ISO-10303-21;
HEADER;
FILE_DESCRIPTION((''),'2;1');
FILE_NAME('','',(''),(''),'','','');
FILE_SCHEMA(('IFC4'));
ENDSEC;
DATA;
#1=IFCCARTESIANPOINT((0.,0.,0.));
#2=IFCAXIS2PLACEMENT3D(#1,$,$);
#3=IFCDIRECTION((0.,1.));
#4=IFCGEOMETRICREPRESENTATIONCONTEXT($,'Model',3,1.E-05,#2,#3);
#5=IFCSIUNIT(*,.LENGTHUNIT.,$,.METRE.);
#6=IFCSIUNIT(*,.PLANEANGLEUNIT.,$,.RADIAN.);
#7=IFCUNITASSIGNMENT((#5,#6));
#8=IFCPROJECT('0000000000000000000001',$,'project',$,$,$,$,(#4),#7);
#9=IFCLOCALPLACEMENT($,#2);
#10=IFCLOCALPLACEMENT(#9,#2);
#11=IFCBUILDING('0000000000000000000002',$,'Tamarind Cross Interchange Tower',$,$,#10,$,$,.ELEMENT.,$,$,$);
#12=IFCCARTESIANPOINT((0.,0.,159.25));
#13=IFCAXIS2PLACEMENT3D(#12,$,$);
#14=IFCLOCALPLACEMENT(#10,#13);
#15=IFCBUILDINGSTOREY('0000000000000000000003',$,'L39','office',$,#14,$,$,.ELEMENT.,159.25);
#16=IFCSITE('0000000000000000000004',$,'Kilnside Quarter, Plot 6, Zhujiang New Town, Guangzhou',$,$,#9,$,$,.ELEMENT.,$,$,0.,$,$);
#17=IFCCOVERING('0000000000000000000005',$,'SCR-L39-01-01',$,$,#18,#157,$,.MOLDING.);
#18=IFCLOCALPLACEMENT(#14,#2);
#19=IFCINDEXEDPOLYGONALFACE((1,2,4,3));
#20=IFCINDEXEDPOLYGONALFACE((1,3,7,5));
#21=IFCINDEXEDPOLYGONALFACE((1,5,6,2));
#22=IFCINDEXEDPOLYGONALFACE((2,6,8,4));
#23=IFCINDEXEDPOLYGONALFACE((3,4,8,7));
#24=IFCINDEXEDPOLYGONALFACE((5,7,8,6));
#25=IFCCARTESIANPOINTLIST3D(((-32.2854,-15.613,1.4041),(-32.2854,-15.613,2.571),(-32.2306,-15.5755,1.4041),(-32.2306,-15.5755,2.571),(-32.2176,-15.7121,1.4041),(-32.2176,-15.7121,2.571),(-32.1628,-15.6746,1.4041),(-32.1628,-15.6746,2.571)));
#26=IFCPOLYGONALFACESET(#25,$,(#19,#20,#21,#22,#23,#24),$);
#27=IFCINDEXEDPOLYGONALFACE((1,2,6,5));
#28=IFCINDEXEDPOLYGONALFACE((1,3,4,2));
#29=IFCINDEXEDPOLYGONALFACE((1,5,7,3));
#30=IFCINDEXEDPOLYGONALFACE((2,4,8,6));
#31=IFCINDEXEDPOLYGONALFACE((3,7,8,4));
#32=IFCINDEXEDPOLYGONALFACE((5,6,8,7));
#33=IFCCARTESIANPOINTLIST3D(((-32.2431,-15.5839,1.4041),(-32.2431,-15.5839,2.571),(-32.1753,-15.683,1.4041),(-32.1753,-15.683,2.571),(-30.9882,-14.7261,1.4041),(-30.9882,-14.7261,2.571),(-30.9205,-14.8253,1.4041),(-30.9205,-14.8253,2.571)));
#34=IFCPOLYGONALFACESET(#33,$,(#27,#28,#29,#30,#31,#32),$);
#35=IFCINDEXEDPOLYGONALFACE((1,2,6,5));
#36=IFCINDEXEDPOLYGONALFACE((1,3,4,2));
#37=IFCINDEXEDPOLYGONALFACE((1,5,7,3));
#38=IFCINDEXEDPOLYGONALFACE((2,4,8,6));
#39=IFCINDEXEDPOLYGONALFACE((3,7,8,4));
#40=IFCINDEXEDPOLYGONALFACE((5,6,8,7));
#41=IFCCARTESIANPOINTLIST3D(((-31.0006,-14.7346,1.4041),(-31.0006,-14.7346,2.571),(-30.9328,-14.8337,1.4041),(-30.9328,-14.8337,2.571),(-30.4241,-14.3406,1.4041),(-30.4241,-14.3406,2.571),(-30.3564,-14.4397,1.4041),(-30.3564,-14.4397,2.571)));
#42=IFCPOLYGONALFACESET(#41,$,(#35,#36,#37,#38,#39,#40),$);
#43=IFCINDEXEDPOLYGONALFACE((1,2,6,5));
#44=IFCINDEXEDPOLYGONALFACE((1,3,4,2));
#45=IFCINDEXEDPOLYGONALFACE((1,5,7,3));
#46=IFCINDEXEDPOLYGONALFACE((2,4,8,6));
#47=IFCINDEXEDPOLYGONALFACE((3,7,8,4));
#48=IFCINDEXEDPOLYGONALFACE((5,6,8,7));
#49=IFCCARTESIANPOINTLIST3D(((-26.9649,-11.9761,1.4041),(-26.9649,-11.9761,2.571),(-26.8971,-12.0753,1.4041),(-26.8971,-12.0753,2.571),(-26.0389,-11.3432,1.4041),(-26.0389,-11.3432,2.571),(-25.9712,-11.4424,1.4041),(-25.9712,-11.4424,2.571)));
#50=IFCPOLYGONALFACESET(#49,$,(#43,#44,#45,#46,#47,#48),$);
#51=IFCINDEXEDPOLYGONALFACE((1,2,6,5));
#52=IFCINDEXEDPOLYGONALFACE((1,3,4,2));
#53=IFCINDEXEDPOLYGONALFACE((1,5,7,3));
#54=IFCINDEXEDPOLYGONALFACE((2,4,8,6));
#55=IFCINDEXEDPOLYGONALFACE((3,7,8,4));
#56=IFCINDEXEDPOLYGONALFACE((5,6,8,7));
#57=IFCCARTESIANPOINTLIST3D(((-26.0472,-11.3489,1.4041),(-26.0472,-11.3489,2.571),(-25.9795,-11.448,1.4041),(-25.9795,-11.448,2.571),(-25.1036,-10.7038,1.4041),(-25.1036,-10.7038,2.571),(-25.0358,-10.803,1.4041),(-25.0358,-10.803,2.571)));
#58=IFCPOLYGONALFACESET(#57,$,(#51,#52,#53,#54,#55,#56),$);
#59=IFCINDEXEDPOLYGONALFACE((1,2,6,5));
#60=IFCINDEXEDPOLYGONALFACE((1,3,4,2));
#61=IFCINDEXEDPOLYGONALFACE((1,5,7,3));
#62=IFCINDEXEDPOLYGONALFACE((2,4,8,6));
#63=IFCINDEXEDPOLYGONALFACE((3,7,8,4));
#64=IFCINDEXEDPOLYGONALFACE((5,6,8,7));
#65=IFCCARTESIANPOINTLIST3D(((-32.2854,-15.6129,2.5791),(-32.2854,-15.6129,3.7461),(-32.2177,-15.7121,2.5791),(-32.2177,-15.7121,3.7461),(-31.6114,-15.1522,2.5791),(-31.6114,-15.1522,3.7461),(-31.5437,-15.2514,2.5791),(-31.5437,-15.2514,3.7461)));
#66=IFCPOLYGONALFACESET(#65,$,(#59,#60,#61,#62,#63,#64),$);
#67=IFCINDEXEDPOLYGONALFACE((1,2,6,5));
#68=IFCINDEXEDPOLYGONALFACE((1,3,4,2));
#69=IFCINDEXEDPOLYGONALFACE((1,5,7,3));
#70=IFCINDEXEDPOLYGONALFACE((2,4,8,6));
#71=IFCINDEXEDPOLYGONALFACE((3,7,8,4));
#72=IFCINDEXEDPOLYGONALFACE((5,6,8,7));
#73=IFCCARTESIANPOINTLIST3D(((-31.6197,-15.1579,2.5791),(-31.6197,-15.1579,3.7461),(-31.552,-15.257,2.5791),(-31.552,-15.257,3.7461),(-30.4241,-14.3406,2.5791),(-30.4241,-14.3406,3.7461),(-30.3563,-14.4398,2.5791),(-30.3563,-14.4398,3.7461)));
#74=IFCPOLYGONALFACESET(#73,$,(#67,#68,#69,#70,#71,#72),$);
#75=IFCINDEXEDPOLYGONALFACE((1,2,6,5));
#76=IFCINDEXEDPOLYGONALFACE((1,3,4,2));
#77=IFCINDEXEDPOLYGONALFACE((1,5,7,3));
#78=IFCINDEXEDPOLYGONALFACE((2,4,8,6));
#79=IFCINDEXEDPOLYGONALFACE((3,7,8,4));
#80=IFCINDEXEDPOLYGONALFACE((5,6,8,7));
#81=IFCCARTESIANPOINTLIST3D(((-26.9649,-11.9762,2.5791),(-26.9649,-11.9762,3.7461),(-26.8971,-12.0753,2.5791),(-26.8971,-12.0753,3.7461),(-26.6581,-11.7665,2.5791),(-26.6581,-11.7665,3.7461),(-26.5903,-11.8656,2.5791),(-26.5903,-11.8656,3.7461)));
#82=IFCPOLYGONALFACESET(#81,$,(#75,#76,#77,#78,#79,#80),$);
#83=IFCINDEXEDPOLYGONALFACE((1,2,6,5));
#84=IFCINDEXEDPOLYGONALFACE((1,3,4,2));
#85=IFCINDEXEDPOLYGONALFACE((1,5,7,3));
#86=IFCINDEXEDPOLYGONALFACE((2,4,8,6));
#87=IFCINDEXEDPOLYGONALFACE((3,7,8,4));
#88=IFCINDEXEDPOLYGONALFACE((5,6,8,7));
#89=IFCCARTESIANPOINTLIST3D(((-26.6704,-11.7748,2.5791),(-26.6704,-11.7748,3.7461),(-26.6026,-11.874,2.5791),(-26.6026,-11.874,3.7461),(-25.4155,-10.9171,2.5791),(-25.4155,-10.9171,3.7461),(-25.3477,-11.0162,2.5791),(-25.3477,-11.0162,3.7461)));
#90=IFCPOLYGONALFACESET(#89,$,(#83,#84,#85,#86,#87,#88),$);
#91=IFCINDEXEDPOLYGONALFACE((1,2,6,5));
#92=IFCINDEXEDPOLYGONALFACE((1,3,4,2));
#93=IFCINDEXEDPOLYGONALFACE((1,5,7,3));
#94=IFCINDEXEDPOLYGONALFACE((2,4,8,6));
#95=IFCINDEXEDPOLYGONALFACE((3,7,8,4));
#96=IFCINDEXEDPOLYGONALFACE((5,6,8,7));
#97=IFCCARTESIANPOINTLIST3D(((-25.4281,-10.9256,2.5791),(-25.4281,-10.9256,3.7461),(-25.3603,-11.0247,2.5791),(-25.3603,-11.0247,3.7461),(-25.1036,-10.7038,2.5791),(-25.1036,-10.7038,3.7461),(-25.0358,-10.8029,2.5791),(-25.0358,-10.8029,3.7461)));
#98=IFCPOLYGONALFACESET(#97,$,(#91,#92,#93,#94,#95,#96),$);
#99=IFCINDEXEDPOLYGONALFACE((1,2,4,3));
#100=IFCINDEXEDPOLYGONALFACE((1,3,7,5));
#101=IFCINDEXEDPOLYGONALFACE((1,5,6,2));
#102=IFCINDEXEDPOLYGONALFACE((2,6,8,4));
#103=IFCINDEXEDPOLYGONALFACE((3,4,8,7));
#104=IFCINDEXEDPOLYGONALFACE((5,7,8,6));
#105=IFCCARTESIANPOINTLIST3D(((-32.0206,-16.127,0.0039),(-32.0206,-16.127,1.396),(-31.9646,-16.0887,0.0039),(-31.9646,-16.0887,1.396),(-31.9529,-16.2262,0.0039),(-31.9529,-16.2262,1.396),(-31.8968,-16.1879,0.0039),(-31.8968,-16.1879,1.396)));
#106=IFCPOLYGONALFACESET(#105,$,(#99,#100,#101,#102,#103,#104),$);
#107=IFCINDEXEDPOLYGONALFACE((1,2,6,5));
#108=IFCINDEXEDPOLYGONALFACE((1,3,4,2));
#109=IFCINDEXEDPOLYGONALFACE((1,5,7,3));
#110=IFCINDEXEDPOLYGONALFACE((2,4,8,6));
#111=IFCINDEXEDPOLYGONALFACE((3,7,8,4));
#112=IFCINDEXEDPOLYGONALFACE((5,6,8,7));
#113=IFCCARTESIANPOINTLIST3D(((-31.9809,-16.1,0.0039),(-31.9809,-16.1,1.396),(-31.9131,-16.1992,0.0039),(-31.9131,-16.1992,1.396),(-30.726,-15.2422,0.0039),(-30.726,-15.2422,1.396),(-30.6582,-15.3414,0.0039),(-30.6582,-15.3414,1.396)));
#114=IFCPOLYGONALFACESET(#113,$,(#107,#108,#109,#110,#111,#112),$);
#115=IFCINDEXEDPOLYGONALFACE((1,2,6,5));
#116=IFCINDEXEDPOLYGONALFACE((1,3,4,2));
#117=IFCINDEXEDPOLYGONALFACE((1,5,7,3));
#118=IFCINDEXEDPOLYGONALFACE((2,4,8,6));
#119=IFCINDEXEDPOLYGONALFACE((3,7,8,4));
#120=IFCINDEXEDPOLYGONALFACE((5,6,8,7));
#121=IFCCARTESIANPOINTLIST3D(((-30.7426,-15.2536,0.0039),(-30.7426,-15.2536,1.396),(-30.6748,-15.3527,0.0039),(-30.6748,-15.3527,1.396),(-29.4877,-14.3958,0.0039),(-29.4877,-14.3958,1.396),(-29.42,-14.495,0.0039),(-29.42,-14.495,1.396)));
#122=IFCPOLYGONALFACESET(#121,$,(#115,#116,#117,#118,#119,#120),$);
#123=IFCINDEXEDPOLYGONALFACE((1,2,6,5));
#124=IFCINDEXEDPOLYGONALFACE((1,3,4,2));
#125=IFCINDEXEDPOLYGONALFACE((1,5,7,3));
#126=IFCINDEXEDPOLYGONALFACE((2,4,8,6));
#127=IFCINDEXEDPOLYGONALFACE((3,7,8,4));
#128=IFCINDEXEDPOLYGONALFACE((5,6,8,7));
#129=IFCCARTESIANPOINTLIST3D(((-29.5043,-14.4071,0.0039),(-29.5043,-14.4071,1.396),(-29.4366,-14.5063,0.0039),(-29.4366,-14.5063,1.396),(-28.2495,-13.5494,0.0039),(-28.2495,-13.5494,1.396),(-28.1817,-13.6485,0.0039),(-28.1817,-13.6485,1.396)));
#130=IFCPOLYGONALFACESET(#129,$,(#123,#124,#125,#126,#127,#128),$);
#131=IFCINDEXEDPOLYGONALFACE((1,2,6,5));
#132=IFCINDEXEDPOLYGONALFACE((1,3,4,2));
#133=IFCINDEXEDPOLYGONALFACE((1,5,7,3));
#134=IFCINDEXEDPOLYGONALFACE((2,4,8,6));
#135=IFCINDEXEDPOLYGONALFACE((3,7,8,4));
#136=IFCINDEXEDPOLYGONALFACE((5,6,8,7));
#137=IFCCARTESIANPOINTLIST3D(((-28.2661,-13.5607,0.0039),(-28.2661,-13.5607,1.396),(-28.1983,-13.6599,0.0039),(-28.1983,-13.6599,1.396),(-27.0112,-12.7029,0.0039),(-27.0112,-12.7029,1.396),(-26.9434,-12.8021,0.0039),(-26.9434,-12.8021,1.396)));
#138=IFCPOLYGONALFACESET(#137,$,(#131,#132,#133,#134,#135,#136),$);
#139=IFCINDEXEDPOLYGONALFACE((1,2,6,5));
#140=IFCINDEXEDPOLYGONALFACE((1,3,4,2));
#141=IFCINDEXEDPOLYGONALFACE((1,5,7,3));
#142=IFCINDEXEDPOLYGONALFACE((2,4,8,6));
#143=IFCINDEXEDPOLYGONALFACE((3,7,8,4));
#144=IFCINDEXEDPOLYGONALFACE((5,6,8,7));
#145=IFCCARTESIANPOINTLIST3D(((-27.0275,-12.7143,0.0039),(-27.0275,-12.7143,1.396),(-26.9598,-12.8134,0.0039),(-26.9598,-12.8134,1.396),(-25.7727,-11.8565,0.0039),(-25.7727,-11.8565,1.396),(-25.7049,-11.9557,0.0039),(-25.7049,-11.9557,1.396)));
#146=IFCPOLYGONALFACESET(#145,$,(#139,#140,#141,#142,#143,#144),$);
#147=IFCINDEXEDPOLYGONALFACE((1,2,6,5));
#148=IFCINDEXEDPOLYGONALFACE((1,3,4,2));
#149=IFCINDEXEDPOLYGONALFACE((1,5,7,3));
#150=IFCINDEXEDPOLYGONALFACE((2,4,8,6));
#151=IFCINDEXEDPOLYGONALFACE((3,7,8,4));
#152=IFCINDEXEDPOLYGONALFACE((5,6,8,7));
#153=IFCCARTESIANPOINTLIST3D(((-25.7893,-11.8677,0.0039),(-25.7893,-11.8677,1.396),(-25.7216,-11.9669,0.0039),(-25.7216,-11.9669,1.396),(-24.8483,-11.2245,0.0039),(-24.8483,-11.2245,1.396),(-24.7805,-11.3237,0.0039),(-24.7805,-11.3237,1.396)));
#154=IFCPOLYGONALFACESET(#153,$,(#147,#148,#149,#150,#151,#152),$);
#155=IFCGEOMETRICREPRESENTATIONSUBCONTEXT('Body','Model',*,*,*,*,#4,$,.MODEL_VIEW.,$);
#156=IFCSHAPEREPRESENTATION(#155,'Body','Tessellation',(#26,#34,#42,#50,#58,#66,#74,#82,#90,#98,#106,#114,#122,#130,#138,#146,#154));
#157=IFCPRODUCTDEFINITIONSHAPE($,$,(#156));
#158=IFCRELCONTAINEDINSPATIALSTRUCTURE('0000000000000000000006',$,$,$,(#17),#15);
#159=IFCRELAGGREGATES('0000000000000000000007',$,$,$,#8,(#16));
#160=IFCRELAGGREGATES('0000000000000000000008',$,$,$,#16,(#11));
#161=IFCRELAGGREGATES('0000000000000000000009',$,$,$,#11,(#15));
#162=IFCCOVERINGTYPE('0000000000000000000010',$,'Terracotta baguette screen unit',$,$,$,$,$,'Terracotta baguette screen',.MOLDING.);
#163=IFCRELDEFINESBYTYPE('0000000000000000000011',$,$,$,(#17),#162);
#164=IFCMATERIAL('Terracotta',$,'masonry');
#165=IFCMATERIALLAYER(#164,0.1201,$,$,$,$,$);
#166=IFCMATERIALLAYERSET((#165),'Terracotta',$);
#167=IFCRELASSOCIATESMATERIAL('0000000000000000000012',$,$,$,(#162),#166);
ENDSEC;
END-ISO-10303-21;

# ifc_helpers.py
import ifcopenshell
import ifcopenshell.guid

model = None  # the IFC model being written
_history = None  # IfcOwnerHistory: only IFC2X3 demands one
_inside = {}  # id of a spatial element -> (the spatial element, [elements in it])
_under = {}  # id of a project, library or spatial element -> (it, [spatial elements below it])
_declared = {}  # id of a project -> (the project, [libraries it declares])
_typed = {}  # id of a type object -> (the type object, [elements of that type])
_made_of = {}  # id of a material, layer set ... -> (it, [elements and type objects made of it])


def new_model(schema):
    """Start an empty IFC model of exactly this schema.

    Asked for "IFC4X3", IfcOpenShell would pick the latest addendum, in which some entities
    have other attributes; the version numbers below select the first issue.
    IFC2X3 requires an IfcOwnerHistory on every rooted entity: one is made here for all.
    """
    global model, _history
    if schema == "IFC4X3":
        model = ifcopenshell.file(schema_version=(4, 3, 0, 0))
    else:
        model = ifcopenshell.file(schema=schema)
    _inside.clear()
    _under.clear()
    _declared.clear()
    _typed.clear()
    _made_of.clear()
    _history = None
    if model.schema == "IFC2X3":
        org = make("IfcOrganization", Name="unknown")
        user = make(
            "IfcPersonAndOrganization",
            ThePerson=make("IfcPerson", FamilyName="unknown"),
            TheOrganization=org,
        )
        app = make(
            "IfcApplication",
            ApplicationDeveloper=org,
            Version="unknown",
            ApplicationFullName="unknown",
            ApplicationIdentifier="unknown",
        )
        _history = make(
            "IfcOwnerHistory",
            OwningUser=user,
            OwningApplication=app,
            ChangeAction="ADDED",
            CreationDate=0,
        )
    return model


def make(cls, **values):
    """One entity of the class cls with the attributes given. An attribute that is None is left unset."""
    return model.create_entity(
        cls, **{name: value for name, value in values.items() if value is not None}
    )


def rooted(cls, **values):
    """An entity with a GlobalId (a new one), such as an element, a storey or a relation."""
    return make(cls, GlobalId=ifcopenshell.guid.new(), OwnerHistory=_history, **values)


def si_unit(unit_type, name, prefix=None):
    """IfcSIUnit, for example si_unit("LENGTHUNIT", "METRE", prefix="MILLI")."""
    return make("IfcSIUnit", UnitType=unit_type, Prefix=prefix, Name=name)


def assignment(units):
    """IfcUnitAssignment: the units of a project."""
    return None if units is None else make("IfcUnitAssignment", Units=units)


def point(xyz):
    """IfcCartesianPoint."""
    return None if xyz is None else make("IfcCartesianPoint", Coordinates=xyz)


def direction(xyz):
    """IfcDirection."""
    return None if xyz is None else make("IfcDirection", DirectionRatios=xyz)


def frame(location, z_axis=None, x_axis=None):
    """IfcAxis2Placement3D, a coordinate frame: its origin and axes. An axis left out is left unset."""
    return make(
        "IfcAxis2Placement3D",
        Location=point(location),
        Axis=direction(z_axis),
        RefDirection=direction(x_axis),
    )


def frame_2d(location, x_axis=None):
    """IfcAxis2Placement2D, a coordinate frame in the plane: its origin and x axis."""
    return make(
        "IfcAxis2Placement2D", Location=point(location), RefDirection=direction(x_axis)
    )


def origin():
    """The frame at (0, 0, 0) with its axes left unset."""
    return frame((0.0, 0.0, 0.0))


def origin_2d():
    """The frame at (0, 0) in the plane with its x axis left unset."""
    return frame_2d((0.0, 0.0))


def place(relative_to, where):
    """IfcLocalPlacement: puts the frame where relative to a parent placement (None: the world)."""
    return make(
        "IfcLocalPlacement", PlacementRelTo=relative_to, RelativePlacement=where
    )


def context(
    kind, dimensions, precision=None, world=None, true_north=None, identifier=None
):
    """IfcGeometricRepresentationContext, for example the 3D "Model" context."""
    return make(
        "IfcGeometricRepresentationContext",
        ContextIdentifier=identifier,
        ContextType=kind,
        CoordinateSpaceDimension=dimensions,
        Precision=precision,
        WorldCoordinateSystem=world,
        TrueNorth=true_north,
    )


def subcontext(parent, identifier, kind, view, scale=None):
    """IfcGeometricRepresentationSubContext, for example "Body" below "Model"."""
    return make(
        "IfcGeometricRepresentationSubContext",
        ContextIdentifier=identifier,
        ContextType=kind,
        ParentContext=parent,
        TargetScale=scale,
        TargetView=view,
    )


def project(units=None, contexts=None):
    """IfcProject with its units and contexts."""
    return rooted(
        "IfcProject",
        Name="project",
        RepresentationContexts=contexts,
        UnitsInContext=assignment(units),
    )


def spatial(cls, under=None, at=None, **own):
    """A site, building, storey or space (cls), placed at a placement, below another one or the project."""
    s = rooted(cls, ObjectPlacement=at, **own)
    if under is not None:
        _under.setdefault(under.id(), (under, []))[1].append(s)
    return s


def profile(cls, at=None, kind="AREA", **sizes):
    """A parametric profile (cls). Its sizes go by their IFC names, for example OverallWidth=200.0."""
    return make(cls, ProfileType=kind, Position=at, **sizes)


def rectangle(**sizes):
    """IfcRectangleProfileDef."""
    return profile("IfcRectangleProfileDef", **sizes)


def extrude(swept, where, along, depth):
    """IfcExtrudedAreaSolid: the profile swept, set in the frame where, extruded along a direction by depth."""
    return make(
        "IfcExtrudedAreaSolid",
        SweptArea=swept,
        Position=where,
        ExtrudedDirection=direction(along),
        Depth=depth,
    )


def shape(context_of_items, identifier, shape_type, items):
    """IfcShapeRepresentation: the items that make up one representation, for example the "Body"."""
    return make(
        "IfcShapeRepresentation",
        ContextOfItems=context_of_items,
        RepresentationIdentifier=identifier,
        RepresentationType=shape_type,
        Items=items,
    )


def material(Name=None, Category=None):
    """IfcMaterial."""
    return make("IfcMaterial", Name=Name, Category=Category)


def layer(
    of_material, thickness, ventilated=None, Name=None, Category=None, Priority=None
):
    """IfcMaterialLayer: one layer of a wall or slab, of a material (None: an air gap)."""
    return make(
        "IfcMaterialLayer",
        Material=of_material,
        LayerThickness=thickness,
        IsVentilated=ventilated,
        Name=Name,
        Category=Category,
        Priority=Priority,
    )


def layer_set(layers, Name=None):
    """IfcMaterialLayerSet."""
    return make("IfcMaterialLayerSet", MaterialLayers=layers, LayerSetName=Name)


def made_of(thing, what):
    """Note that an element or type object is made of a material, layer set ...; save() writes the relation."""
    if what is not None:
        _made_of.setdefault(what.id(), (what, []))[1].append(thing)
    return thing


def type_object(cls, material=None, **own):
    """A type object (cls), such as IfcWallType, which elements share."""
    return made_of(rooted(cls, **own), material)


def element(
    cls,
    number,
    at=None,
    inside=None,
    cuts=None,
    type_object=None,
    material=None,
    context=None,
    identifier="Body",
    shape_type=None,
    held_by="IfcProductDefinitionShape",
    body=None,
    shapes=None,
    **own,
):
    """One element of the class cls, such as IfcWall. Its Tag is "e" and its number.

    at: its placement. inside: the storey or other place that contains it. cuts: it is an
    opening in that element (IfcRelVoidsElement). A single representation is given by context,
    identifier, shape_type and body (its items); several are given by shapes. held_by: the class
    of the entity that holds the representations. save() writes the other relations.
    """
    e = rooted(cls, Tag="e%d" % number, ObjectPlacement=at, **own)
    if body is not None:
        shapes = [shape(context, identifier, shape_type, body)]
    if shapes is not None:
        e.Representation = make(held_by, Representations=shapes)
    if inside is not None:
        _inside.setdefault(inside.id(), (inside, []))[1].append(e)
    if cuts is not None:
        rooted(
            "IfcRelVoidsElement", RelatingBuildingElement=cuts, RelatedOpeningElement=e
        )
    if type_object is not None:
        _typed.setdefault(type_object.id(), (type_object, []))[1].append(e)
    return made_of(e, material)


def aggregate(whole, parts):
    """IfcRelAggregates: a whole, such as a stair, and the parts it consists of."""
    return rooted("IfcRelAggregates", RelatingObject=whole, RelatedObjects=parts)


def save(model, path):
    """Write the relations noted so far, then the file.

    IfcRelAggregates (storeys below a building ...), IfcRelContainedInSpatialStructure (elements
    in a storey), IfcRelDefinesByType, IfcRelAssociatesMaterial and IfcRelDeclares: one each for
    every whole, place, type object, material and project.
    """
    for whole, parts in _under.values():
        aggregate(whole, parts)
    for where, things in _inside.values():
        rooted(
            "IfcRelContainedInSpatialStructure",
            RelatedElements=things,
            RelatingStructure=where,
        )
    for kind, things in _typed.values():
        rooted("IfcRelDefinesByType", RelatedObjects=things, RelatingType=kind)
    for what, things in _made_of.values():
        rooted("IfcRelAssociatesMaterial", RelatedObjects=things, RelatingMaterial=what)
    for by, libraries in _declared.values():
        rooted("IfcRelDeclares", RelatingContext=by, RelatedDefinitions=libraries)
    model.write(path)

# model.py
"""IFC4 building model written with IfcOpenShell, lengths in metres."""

from ifc_helpers import new_model, si_unit, direction, frame, origin, origin_2d, place, context, subcontext, project, spatial, rectangle, extrude, material, layer, layer_set, type_object, element, save


model = new_model("IFC4")

# Units and contexts
model_context = context("Model", 3, precision=1e-05, world=origin(), true_north=direction((0.0, 1.0)))
body_context = subcontext(model_context, "Body", "Model", "MODEL_VIEW")
ifc_project = project(units=[si_unit("LENGTHUNIT", "METRE"), si_unit("PLANEANGLEUNIT", "RADIAN")], contexts=[model_context])

# Site, building, storey
site_placement = place(None, origin())
site = spatial("IfcSite", under=ifc_project, at=site_placement, Name="Kilnside Quarter, Plot 6, Zhujiang New Town, Guangzhou", CompositionType="ELEMENT", RefElevation=0.0)
building_placement = place(site_placement, origin())
building = spatial("IfcBuilding", under=site, at=building_placement, Name="Tamarind Cross Interchange Tower", CompositionType="ELEMENT")
storey_placement = place(building_placement, frame((0.0, 0.0, 159.25)))
storey = spatial("IfcBuildingStorey", under=building, at=storey_placement, Name="L39", Description="office", CompositionType="ELEMENT", Elevation=159.25)

# Covering
ifc_material_1 = material(Name="Terracotta", Category="masonry")
ifc_layer_1 = layer(ifc_material_1, 0.1201)
ifc_layer_set_1 = layer_set([ifc_layer_1], Name="Terracotta")
covering_type = type_object("IfcCoveringType", Name="Terracotta baguette screen unit", ElementType="Terracotta baguette screen", PredefinedType="MOLDING", material=ifc_layer_set_1)
covering_1_placement = place(storey_placement, origin())
element("IfcCovering", 1, at=covering_1_placement, inside=storey, type_object=covering_type, Name="SCR-L39-01-01", PredefinedType="MOLDING", context=body_context, shape_type="SweptSolid", body=[
    extrude(rectangle(XDim=0.0664, YDim=0.1201, at=origin_2d()), frame((-32.2241, -15.6438, 1.4041), z_axis=(0.0, 0.0, 1.0), x_axis=(0.825569, 0.564301, 0.0)), (0.0, 0.0, 1.0), 1.167),
    extrude(rectangle(XDim=1.52, YDim=0.1201, at=origin_2d()), frame((-31.5818, -15.2046, 1.4041), z_axis=(0.0, 0.0, 1.0), x_axis=(0.825569, 0.564301, 0.0)), (0.0, 0.0, 1.0), 1.167),
    extrude(rectangle(XDim=0.6982, YDim=0.1201, at=origin_2d()), frame((-30.6785, -14.5872, 1.4041), z_axis=(0.0, 0.0, 1.0), x_axis=(0.825569, 0.564301, 0.0)), (0.0, 0.0, 1.0), 1.167),
    extrude(rectangle(XDim=1.1216, YDim=0.1201, at=origin_2d()), frame((-26.468, -11.7092, 1.4041), z_axis=(0.0, 0.0, 1.0), x_axis=(0.825569, 0.564301, 0.0)), (0.0, 0.0, 1.0), 1.167),
    extrude(rectangle(XDim=1.1431, YDim=0.1201, at=origin_2d()), frame((-25.5415, -11.0759, 1.4041), z_axis=(0.0, 0.0, 1.0), x_axis=(0.825569, 0.564301, 0.0)), (0.0, 0.0, 1.0), 1.167),
    extrude(rectangle(XDim=0.8164, YDim=0.1201, at=origin_2d()), frame((-31.9146, -15.4321, 2.5791), z_axis=(0.0, 0.0, 1.0), x_axis=(0.825569, 0.564301, 0.0)), (0.0, 0.0, 1.0), 1.167),
    extrude(rectangle(XDim=1.4482, YDim=0.1201, at=origin_2d()), frame((-30.988, -14.7988, 2.5791), z_axis=(0.0, 0.0, 1.0), x_axis=(0.825569, 0.564301, 0.0)), (0.0, 0.0, 1.0), 1.167),
    extrude(rectangle(XDim=0.3716, YDim=0.1201, at=origin_2d()), frame((-26.7776, -11.9209, 2.5791), z_axis=(0.0, 0.0, 1.0), x_axis=(0.825569, 0.564301, 0.0)), (0.0, 0.0, 1.0), 1.167),
    extrude(rectangle(XDim=1.52, YDim=0.1201, at=origin_2d()), frame((-26.009, -11.3955, 2.5791), z_axis=(0.0, 0.0, 1.0), x_axis=(0.825569, 0.564301, 0.0)), (0.0, 0.0, 1.0), 1.167),
    extrude(rectangle(XDim=0.3931, YDim=0.1201, at=origin_2d()), frame((-25.2319, -10.8643, 2.5791), z_axis=(0.0, 0.0, 1.0), x_axis=(0.825569, 0.564301, 0.0)), (0.0, 0.0, 1.0), 1.167),
    extrude(rectangle(XDim=0.0679, YDim=0.1201, at=origin_2d()), frame((-31.9587, -16.1575, 0.0039), z_axis=(0.0, 0.0, 1.0), x_axis=(0.825569, 0.564301, 0.0)), (0.0, 0.0, 1.0), 1.3921),
    extrude(rectangle(XDim=1.52, YDim=0.1201, at=origin_2d()), frame((-31.3196, -15.7207, 0.0039), z_axis=(0.0, 0.0, 1.0), x_axis=(0.825569, 0.564301, 0.0)), (0.0, 0.0, 1.0), 1.3921),
    extrude(rectangle(XDim=1.52, YDim=0.1201, at=origin_2d()), frame((-30.0813, -14.8743, 0.0039), z_axis=(0.0, 0.0, 1.0), x_axis=(0.825569, 0.564301, 0.0)), (0.0, 0.0, 1.0), 1.3921),
    extrude(rectangle(XDim=1.52, YDim=0.1201, at=origin_2d()), frame((-28.843, -14.0278, 0.0039), z_axis=(0.0, 0.0, 1.0), x_axis=(0.825569, 0.564301, 0.0)), (0.0, 0.0, 1.0), 1.3921),
    extrude(rectangle(XDim=1.52, YDim=0.1201, at=origin_2d()), frame((-27.6047, -13.1814, 0.0039), z_axis=(0.0, 0.0, 1.0), x_axis=(0.825569, 0.564301, 0.0)), (0.0, 0.0, 1.0), 1.3921),
    extrude(rectangle(XDim=1.52, YDim=0.1201, at=origin_2d()), frame((-26.3662, -12.335, 0.0039), z_axis=(0.0, 0.0, 1.0), x_axis=(0.825569, 0.564301, 0.0)), (0.0, 0.0, 1.0), 1.3921),
    extrude(rectangle(XDim=1.1399, YDim=0.1201, at=origin_2d()), frame((-25.2849, -11.5957, 0.0039), z_axis=(0.0, 0.0, 1.0), x_axis=(0.825569, 0.564301, 0.0)), (0.0, 0.0, 1.0), 1.3921),
])

save(model, "model.ifc")
